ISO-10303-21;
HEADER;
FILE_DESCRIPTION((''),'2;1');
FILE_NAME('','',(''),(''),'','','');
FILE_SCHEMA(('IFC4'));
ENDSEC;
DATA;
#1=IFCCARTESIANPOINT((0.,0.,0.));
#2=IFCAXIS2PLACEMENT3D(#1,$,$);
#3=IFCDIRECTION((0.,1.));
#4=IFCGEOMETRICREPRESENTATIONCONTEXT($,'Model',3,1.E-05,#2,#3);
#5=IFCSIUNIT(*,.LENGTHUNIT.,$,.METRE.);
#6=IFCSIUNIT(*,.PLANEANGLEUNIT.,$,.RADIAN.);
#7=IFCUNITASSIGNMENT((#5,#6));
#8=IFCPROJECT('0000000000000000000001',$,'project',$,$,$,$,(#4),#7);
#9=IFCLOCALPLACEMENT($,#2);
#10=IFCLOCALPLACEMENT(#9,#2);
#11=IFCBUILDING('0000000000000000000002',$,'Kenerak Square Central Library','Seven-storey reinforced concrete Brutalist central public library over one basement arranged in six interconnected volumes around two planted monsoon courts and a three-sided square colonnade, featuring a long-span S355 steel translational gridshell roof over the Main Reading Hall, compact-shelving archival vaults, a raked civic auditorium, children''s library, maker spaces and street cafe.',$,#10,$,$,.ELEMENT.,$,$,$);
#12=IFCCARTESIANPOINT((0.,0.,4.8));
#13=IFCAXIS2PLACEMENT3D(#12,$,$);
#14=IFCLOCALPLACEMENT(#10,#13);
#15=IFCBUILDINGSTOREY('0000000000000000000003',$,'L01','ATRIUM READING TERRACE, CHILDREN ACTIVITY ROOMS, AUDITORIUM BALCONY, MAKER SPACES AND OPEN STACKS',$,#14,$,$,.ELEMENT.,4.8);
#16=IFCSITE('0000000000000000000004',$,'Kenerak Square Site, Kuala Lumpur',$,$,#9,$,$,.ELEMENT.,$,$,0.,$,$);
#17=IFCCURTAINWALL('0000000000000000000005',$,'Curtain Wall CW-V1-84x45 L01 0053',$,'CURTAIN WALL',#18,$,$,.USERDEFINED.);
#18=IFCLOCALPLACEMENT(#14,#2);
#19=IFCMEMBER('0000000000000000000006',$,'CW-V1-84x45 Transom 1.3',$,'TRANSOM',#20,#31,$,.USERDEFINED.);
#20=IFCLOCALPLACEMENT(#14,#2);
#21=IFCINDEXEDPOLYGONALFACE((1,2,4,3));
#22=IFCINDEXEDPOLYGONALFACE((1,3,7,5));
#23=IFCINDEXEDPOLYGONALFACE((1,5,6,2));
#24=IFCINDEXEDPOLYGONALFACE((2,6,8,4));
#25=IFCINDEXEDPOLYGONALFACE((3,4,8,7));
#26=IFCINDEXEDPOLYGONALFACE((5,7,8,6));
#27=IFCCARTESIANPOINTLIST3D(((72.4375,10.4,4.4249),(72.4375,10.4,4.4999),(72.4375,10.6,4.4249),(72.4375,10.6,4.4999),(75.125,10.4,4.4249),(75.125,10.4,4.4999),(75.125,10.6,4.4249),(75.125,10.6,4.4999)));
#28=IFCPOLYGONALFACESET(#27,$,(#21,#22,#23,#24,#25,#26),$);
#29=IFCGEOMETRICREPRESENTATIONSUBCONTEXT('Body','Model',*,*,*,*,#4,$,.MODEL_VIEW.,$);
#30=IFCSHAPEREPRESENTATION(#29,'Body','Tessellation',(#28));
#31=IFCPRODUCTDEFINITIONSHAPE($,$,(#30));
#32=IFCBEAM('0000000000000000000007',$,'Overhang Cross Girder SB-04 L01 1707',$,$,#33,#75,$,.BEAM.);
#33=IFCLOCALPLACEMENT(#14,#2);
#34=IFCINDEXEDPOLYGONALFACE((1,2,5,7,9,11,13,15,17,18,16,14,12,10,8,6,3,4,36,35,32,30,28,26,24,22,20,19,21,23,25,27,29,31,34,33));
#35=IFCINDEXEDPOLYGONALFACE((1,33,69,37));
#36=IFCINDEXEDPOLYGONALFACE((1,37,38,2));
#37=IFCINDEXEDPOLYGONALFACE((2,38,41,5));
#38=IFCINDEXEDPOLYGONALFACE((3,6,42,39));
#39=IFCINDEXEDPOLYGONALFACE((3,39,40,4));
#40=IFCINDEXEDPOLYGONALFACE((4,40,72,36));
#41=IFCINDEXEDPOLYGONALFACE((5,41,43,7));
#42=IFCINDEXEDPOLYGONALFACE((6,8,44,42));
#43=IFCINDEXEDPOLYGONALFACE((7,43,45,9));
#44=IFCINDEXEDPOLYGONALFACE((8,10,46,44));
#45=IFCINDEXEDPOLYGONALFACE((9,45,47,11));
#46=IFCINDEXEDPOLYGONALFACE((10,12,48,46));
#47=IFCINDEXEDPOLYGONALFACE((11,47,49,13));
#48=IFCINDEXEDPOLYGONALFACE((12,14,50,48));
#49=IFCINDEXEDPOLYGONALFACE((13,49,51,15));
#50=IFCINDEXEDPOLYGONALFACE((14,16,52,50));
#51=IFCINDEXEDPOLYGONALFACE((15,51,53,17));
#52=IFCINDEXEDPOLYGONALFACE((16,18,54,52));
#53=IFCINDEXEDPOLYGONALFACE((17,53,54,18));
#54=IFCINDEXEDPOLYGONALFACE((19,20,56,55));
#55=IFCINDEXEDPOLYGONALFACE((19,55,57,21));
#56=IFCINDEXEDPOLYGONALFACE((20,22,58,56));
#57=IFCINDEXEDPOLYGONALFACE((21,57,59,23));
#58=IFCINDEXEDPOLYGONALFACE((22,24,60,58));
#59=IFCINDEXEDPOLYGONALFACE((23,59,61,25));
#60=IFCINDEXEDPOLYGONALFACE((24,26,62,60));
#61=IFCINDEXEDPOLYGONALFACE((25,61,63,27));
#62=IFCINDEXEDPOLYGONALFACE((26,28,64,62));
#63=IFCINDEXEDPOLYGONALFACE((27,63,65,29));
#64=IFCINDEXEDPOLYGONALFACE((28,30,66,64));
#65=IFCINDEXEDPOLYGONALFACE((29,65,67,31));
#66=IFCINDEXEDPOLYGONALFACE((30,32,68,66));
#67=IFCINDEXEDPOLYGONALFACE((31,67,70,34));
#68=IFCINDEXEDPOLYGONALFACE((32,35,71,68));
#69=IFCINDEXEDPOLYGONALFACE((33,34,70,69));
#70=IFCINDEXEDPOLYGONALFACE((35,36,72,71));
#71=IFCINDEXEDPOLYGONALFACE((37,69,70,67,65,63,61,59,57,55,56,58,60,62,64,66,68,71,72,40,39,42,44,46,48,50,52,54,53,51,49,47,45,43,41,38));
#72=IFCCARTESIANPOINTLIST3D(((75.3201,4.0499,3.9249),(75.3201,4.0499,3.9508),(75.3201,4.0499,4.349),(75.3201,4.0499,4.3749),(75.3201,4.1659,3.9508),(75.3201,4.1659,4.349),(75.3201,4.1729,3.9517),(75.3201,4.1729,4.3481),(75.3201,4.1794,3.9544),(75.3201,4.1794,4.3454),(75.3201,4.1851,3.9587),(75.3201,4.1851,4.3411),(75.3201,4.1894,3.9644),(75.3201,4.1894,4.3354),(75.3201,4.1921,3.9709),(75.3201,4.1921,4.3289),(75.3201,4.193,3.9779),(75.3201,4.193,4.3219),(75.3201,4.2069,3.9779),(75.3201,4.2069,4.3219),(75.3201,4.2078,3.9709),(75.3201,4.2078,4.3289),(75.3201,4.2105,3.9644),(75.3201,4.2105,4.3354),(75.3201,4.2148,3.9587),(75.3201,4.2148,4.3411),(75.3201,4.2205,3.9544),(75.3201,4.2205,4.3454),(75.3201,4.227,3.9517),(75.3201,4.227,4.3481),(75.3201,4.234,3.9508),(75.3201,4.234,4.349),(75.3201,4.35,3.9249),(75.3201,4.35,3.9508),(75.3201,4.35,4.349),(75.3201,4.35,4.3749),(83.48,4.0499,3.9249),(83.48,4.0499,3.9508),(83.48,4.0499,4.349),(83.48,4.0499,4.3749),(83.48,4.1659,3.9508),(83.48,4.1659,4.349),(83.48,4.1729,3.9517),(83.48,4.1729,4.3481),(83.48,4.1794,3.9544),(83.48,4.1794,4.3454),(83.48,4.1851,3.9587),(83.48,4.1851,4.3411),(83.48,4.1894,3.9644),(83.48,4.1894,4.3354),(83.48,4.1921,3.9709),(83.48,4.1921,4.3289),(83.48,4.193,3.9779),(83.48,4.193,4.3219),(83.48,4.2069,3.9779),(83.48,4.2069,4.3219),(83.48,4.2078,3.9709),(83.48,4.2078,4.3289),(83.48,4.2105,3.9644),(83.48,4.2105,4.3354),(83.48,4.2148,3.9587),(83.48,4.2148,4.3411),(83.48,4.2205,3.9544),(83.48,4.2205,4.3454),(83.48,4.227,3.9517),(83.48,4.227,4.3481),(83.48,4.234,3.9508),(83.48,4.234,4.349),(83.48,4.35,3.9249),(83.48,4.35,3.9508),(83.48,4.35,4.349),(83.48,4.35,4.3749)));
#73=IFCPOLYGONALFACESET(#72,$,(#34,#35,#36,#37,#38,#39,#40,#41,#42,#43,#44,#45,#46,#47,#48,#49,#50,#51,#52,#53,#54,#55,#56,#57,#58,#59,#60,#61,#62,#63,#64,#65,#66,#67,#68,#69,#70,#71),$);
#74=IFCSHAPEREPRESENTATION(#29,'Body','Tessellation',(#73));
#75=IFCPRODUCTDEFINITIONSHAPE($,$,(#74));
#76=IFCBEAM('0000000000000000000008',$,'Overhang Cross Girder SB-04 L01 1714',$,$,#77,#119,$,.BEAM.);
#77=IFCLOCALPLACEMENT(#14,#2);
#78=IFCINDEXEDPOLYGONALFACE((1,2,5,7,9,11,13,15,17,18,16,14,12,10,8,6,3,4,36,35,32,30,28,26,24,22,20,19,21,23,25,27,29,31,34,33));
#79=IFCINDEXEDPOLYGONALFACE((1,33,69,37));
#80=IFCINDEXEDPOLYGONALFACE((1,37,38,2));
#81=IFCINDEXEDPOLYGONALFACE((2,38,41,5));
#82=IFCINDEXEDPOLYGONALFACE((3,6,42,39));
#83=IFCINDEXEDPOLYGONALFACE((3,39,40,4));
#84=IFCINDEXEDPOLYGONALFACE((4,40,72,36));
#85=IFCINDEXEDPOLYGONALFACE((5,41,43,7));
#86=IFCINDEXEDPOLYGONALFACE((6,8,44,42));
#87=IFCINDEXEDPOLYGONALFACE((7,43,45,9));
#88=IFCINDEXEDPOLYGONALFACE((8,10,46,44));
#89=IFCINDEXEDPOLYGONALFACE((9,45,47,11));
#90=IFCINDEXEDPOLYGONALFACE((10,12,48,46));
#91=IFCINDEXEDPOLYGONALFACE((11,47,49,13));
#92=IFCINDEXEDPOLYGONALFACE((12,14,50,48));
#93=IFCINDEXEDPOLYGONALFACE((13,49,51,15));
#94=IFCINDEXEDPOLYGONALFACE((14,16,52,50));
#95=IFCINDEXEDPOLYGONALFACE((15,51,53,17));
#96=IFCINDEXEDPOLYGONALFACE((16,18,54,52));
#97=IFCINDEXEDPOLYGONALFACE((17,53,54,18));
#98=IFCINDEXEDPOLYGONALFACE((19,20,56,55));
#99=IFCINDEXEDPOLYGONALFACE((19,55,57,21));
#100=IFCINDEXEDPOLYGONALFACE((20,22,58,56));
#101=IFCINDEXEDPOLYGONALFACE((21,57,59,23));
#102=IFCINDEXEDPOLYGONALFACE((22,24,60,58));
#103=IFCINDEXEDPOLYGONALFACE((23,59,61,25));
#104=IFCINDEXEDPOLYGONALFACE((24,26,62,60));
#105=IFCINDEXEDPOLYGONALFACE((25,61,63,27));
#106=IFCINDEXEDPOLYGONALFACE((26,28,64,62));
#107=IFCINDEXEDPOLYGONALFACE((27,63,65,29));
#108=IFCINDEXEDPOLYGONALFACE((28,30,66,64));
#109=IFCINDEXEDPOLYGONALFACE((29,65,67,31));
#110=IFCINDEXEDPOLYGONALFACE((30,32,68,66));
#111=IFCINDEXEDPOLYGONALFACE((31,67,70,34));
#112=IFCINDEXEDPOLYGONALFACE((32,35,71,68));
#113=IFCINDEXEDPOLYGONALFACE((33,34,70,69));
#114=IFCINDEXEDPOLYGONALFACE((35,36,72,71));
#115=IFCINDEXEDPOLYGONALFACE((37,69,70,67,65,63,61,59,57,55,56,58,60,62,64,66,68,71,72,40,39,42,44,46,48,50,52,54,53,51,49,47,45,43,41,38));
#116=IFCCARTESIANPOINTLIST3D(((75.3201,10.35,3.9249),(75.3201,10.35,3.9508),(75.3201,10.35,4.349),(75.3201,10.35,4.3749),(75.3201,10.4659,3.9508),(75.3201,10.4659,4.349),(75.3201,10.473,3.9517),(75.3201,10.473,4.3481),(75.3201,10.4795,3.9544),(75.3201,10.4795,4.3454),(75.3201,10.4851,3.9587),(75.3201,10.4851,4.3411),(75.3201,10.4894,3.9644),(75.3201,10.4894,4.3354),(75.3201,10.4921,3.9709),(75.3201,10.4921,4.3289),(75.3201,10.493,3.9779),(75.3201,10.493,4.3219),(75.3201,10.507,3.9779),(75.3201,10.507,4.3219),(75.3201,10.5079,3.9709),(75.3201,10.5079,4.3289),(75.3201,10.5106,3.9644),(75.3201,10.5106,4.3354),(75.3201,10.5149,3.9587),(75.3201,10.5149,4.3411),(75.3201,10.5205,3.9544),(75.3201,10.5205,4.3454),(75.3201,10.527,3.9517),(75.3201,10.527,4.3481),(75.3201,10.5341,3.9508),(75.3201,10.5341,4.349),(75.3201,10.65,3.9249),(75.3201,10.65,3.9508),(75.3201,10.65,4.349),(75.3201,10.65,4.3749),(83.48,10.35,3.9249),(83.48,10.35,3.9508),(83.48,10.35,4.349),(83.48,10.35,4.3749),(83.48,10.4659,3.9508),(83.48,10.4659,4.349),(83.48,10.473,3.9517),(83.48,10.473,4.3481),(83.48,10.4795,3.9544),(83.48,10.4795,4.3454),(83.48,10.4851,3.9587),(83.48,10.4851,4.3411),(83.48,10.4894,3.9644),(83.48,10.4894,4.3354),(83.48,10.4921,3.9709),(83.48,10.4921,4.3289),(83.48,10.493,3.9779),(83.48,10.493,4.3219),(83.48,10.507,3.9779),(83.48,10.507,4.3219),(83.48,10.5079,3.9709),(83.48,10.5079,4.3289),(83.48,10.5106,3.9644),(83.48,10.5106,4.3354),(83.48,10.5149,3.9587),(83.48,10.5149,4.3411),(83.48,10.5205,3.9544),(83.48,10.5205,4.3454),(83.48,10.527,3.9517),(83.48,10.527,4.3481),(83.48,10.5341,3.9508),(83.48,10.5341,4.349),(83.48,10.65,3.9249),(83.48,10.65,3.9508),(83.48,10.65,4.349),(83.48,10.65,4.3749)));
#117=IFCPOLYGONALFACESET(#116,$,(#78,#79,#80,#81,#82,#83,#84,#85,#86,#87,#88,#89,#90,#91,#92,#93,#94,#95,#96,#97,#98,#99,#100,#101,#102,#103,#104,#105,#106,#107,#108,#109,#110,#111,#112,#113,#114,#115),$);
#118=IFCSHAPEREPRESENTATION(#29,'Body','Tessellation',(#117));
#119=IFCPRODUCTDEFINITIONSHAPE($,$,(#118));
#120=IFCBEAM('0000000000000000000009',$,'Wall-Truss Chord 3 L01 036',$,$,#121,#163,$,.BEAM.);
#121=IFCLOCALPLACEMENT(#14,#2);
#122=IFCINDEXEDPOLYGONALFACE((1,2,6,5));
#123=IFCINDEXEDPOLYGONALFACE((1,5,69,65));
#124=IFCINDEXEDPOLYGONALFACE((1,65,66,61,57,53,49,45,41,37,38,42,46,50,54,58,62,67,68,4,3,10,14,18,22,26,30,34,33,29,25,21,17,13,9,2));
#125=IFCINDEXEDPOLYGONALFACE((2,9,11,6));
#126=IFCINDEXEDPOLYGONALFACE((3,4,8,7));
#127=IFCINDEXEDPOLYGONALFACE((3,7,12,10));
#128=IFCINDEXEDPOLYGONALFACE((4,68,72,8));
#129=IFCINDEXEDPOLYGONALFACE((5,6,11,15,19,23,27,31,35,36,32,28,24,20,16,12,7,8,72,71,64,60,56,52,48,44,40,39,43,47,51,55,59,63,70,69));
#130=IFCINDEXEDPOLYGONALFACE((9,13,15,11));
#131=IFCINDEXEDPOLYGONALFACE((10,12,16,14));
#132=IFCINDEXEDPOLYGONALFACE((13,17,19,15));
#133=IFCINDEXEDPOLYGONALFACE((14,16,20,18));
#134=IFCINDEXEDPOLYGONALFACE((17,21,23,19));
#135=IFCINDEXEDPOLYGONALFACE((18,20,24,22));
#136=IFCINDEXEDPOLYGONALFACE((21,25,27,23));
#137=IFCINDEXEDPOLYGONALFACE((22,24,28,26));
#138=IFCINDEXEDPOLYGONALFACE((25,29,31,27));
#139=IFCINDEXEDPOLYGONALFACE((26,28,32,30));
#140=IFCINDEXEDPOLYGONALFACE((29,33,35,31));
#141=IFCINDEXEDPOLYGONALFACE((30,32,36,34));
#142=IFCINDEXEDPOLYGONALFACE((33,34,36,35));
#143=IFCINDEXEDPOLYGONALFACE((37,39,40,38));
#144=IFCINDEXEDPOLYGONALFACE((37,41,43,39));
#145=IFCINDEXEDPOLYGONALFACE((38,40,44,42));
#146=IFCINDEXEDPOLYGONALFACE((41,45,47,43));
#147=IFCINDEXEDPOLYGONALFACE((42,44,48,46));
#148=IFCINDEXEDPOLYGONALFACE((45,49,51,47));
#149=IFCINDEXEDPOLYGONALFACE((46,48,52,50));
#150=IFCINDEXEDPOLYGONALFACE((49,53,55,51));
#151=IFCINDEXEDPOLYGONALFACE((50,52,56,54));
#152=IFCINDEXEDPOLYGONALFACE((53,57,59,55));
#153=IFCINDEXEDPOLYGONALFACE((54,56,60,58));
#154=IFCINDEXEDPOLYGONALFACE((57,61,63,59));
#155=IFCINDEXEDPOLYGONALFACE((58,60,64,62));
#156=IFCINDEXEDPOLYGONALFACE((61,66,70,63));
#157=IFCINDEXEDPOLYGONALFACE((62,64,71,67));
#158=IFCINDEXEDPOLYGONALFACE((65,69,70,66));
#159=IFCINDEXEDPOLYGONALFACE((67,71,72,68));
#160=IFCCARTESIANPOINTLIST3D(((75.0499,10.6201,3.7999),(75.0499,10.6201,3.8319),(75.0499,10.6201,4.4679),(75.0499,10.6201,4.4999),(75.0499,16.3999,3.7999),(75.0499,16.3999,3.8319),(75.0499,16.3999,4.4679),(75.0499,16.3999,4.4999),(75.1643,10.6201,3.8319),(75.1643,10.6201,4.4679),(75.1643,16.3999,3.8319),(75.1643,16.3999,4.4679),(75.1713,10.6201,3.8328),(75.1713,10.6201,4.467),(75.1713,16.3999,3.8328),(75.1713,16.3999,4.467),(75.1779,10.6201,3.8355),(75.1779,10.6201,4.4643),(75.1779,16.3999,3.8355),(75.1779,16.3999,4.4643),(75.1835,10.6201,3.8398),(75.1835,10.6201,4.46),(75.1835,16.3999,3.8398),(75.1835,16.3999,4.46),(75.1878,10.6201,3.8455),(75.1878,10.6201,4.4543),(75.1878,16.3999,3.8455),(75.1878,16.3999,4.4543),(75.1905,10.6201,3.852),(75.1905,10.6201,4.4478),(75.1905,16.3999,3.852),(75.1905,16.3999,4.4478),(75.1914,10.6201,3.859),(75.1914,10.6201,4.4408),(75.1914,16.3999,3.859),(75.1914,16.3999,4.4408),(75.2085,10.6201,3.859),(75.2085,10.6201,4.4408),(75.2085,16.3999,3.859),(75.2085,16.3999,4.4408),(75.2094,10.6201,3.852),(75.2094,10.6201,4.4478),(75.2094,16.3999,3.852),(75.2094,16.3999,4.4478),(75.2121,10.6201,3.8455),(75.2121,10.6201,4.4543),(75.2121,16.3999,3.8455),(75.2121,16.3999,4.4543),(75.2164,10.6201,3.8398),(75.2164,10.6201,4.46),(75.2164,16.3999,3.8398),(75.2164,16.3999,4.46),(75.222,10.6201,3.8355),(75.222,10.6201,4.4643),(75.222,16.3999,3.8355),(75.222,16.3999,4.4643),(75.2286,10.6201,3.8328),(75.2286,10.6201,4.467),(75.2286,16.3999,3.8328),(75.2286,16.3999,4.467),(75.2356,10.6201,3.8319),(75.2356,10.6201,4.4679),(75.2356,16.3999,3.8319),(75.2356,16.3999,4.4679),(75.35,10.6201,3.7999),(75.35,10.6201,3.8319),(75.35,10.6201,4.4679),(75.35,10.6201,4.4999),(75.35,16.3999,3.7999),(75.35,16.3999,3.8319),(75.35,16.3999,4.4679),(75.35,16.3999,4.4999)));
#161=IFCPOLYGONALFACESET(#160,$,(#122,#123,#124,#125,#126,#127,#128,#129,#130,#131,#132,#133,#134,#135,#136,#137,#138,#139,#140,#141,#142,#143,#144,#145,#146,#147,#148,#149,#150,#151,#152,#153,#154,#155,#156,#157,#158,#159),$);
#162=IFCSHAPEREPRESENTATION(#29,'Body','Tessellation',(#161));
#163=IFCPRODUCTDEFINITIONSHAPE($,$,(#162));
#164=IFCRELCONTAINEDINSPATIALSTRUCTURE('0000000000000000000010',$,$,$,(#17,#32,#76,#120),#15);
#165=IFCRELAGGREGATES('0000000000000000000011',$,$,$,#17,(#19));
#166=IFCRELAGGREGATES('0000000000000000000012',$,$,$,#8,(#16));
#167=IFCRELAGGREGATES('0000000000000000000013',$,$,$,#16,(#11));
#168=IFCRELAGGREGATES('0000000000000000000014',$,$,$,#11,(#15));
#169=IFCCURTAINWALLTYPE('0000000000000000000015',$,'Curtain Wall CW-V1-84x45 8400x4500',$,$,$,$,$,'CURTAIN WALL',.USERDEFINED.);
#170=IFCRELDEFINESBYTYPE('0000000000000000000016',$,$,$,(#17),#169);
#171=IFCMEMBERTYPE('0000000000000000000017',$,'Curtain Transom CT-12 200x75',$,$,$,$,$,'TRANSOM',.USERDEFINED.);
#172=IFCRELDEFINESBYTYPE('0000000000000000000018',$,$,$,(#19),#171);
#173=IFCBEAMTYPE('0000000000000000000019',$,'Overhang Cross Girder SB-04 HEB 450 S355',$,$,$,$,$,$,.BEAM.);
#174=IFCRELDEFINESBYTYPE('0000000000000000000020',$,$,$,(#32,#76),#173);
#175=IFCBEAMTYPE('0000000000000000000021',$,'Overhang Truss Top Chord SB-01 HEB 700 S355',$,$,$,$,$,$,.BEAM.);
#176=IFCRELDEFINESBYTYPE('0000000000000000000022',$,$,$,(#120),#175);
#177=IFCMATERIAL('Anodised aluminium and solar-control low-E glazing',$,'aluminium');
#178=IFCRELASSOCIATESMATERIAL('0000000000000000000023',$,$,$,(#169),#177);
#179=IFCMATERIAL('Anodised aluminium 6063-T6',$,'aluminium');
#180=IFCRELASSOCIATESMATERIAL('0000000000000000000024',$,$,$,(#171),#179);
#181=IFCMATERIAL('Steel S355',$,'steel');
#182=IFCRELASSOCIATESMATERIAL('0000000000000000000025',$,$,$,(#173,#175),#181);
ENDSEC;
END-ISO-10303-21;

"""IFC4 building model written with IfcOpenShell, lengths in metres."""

from ifc_helpers import new_model, si_unit, direction, frame, origin, origin_2d, place, context, subcontext, project, spatial, rectangle, i_section, extrude, material, material_profile, profile_set, type_object, element, aggregate, save


model = new_model("IFC4")

# Units and contexts
model_context = context("Model", 3, precision=1e-05, world=origin(), true_north=direction((0.0, 1.0)))
body_context = subcontext(model_context, "Body", "Model", "MODEL_VIEW")
ifc_project = project(units=[si_unit("LENGTHUNIT", "METRE"), si_unit("PLANEANGLEUNIT", "RADIAN")], contexts=[model_context])

# Site, building, storey
site_placement = place(None, origin())
site = spatial("IfcSite", under=ifc_project, at=site_placement, Name="Kenerak Square Site, Kuala Lumpur", CompositionType="ELEMENT", RefElevation=0.0)
building_placement = place(site_placement, origin())
building = spatial("IfcBuilding", under=site, at=building_placement, Name="Kenerak Square Central Library", Description="Seven-storey reinforced concrete Brutalist central public library over one basement arranged in six interconnected volumes around two planted monsoon courts and a three-sided square colonnade, featuring a long-span S355 steel translational gridshell roof over the Main Reading Hall, compact-shelving archival vaults, a raked civic auditorium, children's library, maker spaces and street cafe.", CompositionType="ELEMENT")
storey_placement = place(building_placement, frame((0.0, 0.0, 4.8)))
storey = spatial("IfcBuildingStorey", under=building, at=storey_placement, Name="L01", Description="ATRIUM READING TERRACE, CHILDREN ACTIVITY ROOMS, AUDITORIUM BALCONY, MAKER SPACES AND OPEN STACKS", CompositionType="ELEMENT", Elevation=4.8)

# Shared definitions
ifc_material_1 = material(Name="Anodised aluminium and solar-control low-E glazing", Category="aluminium")
curtain_wall_type = type_object("IfcCurtainWallType", Name="Curtain Wall CW-V1-84x45 8400x4500", ElementType="CURTAIN WALL", PredefinedType="USERDEFINED", material=ifc_material_1)
ifc_material_2 = material(Name="Anodised aluminium 6063-T6", Category="aluminium")

# Curtain wall
curtain_wall_1_placement = place(storey_placement, origin())
curtain_wall_1 = element("IfcCurtainWall", 1, at=curtain_wall_1_placement, inside=storey, type_object=curtain_wall_type, Name="Curtain Wall CW-V1-84x45 L01 0053", ObjectType="CURTAIN WALL", PredefinedType="USERDEFINED")

# Member
ifc_material_profile_1 = material_profile(ifc_material_2, rectangle(XDim=0.2, YDim=0.075, at=origin_2d()), Name="AL TRANSOM 200x75")
ifc_profile_set_1 = profile_set([ifc_material_profile_1], Name="Anodised aluminium 6063-T6")
member_type_1 = type_object("IfcMemberType", Name="Curtain Transom CT-12 200x75", ElementType="TRANSOM", PredefinedType="USERDEFINED", material=ifc_profile_set_1)
member_1_placement = place(storey_placement, frame((75.125, 10.5, 4.4624), z_axis=(-1.0, 0.0, 0.0), x_axis=(0.0, -1.0, 0.0)))
member_1 = element("IfcMember", 2, at=member_1_placement, type_object=member_type_1, Name="CW-V1-84x45 Transom 1.3", ObjectType="TRANSOM", PredefinedType="USERDEFINED", context=body_context, shape_type="SweptSolid", body=[
    extrude(rectangle(XDim=0.2, YDim=0.075, at=origin_2d()), origin(), (0.0, 0.0, 1.0), 2.6875),
])

# Beams
ifc_material_3 = material(Name="Steel S355", Category="steel")
ifc_material_profile_2 = material_profile(ifc_material_3, i_section(OverallWidth=0.3, OverallDepth=0.45, WebThickness=0.0139, FlangeThickness=0.0259, FilletRadius=0.0271, at=origin_2d()), Name="HEB 450")
ifc_profile_set_2 = profile_set([ifc_material_profile_2], Name="Steel S355")
beam_type_1 = type_object("IfcBeamType", Name="Overhang Cross Girder SB-04 HEB 450 S355", PredefinedType="BEAM", material=ifc_profile_set_2)
for number, where, z_axis, x_axis, name in (
    (3, (75.3201, 4.2, 4.1499), (1.0, 0.0, 0.0), (0.0, 1.0, 0.0), "Overhang Cross Girder SB-04 L01 1707"),
    (4, (75.3201, 10.5, 4.1499), (1.0, 0.0, 0.0), (0.0, 1.0, 0.0), "Overhang Cross Girder SB-04 L01 1714"),
):
    element("IfcBeam", number, at=place(storey_placement, frame(where, z_axis=z_axis, x_axis=x_axis)), inside=storey, type_object=beam_type_1, Name=name, PredefinedType="BEAM", context=body_context, shape_type="SweptSolid", body=[
        extrude(i_section(OverallWidth=0.3, OverallDepth=0.45, WebThickness=0.0139, FlangeThickness=0.0259, FilletRadius=0.0271, at=origin_2d()), origin(), (0.0, 0.0, 1.0), 8.1599),
    ])
ifc_material_profile_3 = material_profile(ifc_material_3, i_section(OverallWidth=0.3, OverallDepth=0.7, WebThickness=0.0171, FlangeThickness=0.032, FilletRadius=0.0271, at=origin_2d()), Name="HEB 700")
ifc_profile_set_3 = profile_set([ifc_material_profile_3], Name="Steel S355")
beam_type_2 = type_object("IfcBeamType", Name="Overhang Truss Top Chord SB-01 HEB 700 S355", PredefinedType="BEAM", material=ifc_profile_set_3)
beam_placement = place(storey_placement, frame((75.2, 10.6201, 4.1499), z_axis=(0.0, 1.0, 0.0), x_axis=(-1.0, 0.0, 0.0)))
element("IfcBeam", 5, at=beam_placement, inside=storey, type_object=beam_type_2, Name="Wall-Truss Chord 3 L01 036", PredefinedType="BEAM", context=body_context, shape_type="SweptSolid", body=[
    extrude(i_section(OverallWidth=0.3, OverallDepth=0.7, WebThickness=0.0171, FlangeThickness=0.032, FilletRadius=0.0271, at=origin_2d()), origin(), (0.0, 0.0, 1.0), 5.7798),
])

aggregate(curtain_wall_1, [member_1])

save(model, "model.ifc")
